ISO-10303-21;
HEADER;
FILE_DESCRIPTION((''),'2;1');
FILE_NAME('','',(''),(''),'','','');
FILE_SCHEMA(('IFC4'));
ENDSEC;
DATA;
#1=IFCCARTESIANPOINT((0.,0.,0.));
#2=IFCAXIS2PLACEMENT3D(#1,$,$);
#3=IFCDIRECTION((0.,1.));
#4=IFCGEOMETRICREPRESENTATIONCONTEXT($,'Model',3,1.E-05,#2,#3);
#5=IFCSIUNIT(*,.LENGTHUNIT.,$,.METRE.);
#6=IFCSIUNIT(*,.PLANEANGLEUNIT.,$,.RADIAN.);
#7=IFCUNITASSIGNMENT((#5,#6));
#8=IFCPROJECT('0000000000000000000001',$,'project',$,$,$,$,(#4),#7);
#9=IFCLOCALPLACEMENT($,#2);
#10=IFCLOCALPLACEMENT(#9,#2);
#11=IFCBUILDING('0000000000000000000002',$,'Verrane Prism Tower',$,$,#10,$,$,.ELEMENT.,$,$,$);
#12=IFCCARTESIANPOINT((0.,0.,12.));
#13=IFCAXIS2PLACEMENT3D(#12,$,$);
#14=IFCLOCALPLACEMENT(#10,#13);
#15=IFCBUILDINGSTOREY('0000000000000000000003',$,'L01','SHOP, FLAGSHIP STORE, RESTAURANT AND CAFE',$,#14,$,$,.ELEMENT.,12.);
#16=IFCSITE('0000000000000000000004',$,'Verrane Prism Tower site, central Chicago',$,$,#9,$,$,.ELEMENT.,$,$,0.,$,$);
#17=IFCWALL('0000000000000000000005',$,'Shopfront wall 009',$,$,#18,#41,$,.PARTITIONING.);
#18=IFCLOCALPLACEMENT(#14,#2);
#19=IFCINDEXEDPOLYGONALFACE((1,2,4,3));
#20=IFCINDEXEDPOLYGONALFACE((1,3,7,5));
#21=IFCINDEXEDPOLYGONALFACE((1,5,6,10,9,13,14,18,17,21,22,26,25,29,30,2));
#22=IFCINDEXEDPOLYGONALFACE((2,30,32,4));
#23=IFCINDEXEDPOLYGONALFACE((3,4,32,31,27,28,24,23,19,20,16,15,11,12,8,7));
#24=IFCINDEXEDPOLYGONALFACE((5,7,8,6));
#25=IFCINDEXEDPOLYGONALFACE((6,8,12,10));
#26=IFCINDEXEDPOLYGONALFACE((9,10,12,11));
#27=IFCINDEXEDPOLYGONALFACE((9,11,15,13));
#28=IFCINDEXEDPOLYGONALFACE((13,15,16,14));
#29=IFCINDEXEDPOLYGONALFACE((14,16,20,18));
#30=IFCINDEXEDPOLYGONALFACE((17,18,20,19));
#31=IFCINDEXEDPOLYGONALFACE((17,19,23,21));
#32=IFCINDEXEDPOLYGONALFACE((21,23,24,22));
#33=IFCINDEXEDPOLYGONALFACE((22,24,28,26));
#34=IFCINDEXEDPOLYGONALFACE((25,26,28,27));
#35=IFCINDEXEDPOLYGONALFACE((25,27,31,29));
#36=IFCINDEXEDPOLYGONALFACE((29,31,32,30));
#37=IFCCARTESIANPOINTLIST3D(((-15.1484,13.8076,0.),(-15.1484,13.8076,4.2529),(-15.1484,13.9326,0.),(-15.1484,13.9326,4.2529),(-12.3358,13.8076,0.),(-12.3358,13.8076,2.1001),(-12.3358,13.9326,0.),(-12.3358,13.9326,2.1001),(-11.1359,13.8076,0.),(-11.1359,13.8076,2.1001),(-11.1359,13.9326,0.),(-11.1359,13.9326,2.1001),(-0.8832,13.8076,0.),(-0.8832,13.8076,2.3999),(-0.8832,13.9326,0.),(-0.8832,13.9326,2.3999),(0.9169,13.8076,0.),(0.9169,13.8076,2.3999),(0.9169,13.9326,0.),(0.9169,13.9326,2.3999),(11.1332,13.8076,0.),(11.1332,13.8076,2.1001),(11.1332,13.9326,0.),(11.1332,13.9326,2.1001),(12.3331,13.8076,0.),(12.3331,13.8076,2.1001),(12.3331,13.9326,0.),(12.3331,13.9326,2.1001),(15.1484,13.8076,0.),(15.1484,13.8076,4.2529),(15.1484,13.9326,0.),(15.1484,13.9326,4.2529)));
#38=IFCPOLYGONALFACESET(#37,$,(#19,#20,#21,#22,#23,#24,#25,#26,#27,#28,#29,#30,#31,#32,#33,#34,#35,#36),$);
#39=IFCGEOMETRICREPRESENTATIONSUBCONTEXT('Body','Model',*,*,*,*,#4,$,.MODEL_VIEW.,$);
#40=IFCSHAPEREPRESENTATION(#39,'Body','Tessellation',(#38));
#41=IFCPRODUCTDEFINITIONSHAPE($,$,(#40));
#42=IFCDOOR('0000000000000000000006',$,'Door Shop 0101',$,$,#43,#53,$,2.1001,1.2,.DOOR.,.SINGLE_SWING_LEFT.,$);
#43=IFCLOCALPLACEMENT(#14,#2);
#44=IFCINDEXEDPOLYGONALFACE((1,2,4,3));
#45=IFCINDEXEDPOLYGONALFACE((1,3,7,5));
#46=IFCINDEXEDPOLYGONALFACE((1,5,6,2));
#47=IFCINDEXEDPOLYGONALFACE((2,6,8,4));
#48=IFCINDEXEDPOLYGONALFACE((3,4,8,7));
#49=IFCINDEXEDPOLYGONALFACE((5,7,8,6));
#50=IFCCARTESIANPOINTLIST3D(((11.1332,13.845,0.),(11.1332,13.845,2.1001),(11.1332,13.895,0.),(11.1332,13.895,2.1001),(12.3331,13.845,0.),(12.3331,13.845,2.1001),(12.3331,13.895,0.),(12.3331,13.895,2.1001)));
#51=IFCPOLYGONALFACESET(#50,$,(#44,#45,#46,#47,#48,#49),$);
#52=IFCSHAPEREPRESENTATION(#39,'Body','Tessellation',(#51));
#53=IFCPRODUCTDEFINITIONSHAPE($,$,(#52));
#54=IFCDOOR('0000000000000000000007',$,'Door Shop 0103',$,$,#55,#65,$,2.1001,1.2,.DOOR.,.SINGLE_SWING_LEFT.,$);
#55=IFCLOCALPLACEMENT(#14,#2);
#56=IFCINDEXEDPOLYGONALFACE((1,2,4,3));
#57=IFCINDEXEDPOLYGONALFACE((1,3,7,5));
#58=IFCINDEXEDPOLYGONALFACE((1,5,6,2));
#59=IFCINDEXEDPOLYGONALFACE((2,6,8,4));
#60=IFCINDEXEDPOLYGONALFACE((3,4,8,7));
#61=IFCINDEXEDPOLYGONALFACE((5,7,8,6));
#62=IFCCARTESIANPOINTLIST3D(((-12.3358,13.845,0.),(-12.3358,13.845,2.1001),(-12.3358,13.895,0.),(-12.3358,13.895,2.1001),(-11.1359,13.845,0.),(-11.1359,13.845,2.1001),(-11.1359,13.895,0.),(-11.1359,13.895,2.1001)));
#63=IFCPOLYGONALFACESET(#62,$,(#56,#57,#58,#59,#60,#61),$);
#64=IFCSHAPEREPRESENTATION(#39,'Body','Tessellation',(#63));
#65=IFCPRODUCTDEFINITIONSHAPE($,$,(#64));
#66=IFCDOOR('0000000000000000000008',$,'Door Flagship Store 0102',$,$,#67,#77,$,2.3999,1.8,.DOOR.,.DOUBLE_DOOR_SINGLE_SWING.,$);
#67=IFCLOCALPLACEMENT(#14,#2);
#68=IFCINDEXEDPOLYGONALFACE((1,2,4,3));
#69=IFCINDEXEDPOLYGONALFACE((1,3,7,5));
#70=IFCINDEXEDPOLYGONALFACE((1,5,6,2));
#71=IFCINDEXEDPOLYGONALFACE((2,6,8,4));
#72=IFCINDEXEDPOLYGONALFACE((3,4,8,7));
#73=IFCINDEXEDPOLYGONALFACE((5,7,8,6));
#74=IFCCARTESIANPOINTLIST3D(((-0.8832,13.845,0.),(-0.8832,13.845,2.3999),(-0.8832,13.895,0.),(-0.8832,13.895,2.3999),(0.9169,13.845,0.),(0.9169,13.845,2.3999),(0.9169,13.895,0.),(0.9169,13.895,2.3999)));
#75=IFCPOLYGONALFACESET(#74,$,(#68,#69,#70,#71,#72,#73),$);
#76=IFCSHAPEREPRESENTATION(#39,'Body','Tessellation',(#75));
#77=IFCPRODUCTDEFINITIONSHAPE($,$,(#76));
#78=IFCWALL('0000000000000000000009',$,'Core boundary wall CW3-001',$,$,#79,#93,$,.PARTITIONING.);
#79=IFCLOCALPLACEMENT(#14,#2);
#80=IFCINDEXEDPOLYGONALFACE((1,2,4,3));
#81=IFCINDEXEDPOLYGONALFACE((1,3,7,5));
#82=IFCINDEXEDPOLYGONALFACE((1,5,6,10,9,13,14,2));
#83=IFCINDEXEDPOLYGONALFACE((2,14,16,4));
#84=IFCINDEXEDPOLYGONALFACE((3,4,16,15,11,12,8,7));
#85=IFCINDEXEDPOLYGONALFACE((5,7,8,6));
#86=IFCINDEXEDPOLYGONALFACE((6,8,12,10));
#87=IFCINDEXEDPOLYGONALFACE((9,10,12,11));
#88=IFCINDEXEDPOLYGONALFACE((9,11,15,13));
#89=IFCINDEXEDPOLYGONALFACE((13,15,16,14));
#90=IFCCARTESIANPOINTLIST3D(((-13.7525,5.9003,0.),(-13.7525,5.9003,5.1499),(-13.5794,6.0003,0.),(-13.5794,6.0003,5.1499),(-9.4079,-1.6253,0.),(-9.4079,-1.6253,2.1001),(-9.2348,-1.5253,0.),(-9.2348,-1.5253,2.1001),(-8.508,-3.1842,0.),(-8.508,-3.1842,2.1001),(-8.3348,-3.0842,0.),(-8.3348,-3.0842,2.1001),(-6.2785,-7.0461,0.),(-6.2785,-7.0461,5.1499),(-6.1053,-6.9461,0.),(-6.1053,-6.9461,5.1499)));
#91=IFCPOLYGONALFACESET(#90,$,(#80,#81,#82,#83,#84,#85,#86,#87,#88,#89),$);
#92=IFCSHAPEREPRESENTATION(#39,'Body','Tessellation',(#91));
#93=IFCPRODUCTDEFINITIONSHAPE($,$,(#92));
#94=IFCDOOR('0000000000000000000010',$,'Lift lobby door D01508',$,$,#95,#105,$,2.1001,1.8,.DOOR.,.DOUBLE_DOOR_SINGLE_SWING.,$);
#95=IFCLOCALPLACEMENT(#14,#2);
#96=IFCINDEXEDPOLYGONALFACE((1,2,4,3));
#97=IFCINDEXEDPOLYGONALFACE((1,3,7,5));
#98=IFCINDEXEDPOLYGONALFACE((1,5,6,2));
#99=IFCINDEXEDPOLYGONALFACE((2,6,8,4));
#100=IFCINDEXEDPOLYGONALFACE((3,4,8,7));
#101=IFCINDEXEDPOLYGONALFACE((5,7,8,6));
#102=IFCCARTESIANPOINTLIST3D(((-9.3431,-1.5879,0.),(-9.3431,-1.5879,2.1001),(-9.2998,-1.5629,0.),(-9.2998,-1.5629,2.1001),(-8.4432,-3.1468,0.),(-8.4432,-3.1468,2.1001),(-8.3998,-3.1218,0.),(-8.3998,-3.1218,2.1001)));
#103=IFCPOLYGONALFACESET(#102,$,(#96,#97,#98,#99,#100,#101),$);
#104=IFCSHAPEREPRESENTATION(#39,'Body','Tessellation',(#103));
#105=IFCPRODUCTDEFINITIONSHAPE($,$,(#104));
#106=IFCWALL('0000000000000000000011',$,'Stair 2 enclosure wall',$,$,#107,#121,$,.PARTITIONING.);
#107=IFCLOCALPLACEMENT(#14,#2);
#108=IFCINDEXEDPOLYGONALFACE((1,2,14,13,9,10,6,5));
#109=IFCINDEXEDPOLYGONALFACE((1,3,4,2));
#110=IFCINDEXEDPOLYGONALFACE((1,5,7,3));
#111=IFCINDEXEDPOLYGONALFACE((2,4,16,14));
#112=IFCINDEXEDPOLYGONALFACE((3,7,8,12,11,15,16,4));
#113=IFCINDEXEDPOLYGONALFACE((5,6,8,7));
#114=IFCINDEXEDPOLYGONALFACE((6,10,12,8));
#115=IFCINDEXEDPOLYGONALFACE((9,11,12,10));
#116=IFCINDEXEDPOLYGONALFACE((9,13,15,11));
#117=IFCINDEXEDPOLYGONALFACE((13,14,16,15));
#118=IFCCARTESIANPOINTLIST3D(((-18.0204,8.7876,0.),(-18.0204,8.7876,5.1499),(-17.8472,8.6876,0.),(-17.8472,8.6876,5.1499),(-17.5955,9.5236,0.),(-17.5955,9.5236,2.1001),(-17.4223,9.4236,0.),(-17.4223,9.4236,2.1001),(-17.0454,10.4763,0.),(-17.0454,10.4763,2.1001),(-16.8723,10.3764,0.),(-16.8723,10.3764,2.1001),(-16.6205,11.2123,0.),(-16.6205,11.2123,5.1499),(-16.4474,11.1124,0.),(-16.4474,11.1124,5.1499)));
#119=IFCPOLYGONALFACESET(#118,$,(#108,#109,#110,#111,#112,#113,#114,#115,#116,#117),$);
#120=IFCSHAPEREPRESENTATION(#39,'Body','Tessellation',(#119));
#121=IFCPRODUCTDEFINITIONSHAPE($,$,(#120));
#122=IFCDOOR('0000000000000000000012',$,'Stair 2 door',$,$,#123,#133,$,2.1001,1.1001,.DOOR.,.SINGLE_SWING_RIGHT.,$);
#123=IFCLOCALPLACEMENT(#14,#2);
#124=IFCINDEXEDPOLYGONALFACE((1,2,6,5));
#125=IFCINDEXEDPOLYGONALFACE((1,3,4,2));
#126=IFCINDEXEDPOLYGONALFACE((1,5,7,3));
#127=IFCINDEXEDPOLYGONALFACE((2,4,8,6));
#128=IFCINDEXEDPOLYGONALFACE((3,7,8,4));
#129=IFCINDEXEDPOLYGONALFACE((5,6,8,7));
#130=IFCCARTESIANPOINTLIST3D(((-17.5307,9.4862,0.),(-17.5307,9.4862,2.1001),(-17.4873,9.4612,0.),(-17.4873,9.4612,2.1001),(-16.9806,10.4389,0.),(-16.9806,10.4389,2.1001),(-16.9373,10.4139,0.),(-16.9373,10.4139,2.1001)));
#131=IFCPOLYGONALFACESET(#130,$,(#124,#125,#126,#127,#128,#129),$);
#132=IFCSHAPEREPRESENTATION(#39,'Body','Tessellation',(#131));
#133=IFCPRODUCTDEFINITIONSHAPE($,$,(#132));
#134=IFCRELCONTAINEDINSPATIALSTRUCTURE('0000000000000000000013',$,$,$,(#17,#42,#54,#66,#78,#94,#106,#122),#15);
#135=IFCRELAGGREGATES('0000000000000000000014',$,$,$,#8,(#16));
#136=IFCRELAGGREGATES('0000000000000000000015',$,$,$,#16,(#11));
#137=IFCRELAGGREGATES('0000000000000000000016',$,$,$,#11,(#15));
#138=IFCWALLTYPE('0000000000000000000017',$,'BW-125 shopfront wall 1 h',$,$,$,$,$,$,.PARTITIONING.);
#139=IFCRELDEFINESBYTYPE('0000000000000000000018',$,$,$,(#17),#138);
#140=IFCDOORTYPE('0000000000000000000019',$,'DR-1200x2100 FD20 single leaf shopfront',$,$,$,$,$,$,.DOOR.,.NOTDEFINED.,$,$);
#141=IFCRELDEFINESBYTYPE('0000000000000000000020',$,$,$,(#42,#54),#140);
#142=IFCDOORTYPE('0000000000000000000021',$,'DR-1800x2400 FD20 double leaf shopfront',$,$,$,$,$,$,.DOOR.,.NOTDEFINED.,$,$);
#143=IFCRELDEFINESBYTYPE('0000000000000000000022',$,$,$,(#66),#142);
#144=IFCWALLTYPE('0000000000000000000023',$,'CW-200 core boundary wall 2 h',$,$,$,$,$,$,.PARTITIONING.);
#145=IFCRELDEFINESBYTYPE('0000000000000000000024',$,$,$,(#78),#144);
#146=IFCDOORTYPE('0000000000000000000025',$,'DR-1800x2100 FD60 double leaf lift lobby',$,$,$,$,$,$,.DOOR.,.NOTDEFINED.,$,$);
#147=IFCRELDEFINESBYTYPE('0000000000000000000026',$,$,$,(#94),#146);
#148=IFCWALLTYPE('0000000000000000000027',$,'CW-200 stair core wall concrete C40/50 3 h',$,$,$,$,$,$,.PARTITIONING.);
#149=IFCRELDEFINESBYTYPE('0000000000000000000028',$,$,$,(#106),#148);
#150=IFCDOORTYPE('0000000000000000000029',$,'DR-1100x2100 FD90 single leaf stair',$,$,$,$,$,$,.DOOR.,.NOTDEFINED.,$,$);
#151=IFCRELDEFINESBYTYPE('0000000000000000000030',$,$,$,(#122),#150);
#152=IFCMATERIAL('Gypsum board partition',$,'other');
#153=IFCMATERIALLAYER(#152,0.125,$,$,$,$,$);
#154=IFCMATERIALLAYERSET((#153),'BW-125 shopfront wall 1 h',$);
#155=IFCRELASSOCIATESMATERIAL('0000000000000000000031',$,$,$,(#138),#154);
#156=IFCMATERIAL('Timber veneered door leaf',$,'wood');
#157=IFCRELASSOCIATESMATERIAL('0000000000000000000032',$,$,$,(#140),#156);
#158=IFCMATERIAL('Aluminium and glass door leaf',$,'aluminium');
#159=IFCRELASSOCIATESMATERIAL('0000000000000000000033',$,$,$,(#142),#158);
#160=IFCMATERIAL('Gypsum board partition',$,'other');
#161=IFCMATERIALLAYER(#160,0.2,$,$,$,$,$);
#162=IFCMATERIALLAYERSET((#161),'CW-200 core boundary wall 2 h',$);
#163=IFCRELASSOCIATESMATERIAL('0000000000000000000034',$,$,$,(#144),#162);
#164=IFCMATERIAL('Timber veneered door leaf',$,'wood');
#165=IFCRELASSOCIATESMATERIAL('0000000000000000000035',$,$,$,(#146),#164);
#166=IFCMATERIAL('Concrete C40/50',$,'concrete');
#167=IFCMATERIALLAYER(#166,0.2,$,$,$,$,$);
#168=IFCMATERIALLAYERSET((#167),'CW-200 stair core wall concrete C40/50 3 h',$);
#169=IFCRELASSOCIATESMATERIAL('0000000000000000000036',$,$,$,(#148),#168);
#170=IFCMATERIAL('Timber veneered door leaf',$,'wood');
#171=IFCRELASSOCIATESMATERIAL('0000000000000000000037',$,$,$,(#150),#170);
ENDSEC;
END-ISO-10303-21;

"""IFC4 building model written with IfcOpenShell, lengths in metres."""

from ifc_helpers import new_model, si_unit, direction, frame, frame_2d, origin, place, context, subcontext, project, spatial, rectangle, extrude, material, layer, layer_set, type_object, element, fill, save


model = new_model("IFC4")

# Units and contexts
model_context = context("Model", 3, precision=1e-05, world=origin(), true_north=direction((0.0, 1.0)))
body_context = subcontext(model_context, "Body", "Model", "MODEL_VIEW")
ifc_project = project(units=[si_unit("LENGTHUNIT", "METRE"), si_unit("PLANEANGLEUNIT", "RADIAN")], contexts=[model_context])

# Site, building, storey
site_placement = place(None, origin())
site = spatial("IfcSite", under=ifc_project, at=site_placement, Name="Verrane Prism Tower site, central Chicago", CompositionType="ELEMENT", RefElevation=0.0)
building_placement = place(site_placement, origin())
building = spatial("IfcBuilding", under=site, at=building_placement, Name="Verrane Prism Tower", CompositionType="ELEMENT")
storey_placement = place(building_placement, frame((0.0, 0.0, 12.0)))
storey = spatial("IfcBuildingStorey", under=building, at=storey_placement, Name="L01", Description="SHOP, FLAGSHIP STORE, RESTAURANT AND CAFE", CompositionType="ELEMENT", Elevation=12.0)

# Shared definitions
ifc_material_1 = material(Name="Gypsum board partition", Category="other")
ifc_layer_1 = layer(ifc_material_1, 0.125)
ifc_layer_set_1 = layer_set([ifc_layer_1], Name="BW-125 shopfront wall 1 h")
wall_type_1 = type_object("IfcWallType", Name="BW-125 shopfront wall 1 h", PredefinedType="PARTITIONING", material=ifc_layer_set_1)

# Wall, openings, doors
wall_1_placement = place(storey_placement, frame((-15.1484, 13.8701, 0.0), z_axis=(0.0, 0.0, 1.0), x_axis=(1.0, 0.0, 0.0)))
wall_1 = element("IfcWall", 1, at=wall_1_placement, inside=storey, type_object=wall_type_1, Name="Shopfront wall 009", PredefinedType="PARTITIONING", context=body_context, shape_type="SweptSolid", body=[
    extrude(rectangle(XDim=30.2969, YDim=0.125, at=frame_2d((15.1484, 0.0))), origin(), (0.0, 0.0, 1.0), 4.2529),
])
opening_1_placement = place(wall_1_placement, frame((26.2815, 0.0, 0.0)))
opening_1 = element("IfcOpeningElement", 2, at=opening_1_placement, cuts=wall_1, PredefinedType="OPENING", context=body_context, shape_type="SweptSolid", body=[
    extrude(rectangle(XDim=1.2, YDim=2.1001, at=frame_2d((0.6001, 1.05))), frame((0.0, 0.0725, 0.0), z_axis=(0.0, -1.0, 0.0), x_axis=(1.0, 0.0, 0.0)), (0.0, 0.0, 1.0), 0.145),
])
opening_2_placement = place(wall_1_placement, frame((14.2654, 0.0, 0.0)))
opening_2 = element("IfcOpeningElement", 3, at=opening_2_placement, cuts=wall_1, PredefinedType="OPENING", context=body_context, shape_type="SweptSolid", body=[
    extrude(rectangle(XDim=1.8, YDim=2.3999, at=frame_2d((0.8999, 1.2))), frame((0.0, 0.0725, 0.0), z_axis=(0.0, -1.0, 0.0), x_axis=(1.0, 0.0, 0.0)), (0.0, 0.0, 1.0), 0.145),
])
opening_3_placement = place(wall_1_placement, frame((2.8125, 0.0, 0.0)))
opening_3 = element("IfcOpeningElement", 4, at=opening_3_placement, cuts=wall_1, PredefinedType="OPENING", context=body_context, shape_type="SweptSolid", body=[
    extrude(rectangle(XDim=1.2, YDim=2.1001, at=frame_2d((0.6001, 1.05))), frame((0.0, 0.0725, 0.0), z_axis=(0.0, -1.0, 0.0), x_axis=(1.0, 0.0, 0.0)), (0.0, 0.0, 1.0), 0.145),
])
ifc_material_2 = material(Name="Timber veneered door leaf", Category="wood")
door_type_1 = type_object("IfcDoorType", Name="DR-1200x2100 FD20 single leaf shopfront", OperationType="NOTDEFINED", PredefinedType="DOOR", material=ifc_material_2)
door_1_placement = place(opening_1_placement, origin())
door_1 = element("IfcDoor", 5, at=door_1_placement, inside=storey, type_object=door_type_1, Name="Door Shop 0101", OperationType="SINGLE_SWING_LEFT", OverallHeight=2.1001, OverallWidth=1.2, PredefinedType="DOOR", context=body_context, shape_type="SweptSolid", body=[
    extrude(rectangle(XDim=1.2, YDim=2.1001, at=frame_2d((0.6001, 1.05))), frame((0.0, 0.0249, 0.0), z_axis=(0.0, -1.0, 0.0), x_axis=(1.0, 0.0, 0.0)), (0.0, 0.0, 1.0), 0.05),
])
fill(opening_1, door_1)
door_2_placement = place(opening_3_placement, origin())
door_2 = element("IfcDoor", 6, at=door_2_placement, inside=storey, type_object=door_type_1, Name="Door Shop 0103", OperationType="SINGLE_SWING_LEFT", OverallHeight=2.1001, OverallWidth=1.2, PredefinedType="DOOR", context=body_context, shape_type="SweptSolid", body=[
    extrude(rectangle(XDim=1.2, YDim=2.1001, at=frame_2d((0.6001, 1.05))), frame((0.0, 0.0249, 0.0), z_axis=(0.0, -1.0, 0.0), x_axis=(1.0, 0.0, 0.0)), (0.0, 0.0, 1.0), 0.05),
])
fill(opening_3, door_2)
ifc_material_3 = material(Name="Aluminium and glass door leaf", Category="aluminium")
door_type_2 = type_object("IfcDoorType", Name="DR-1800x2400 FD20 double leaf shopfront", OperationType="NOTDEFINED", PredefinedType="DOOR", material=ifc_material_3)
door_3_placement = place(opening_2_placement, origin())
door_3 = element("IfcDoor", 7, at=door_3_placement, inside=storey, type_object=door_type_2, Name="Door Flagship Store 0102", OperationType="DOUBLE_DOOR_SINGLE_SWING", OverallHeight=2.3999, OverallWidth=1.8, PredefinedType="DOOR", context=body_context, shape_type="SweptSolid", body=[
    extrude(rectangle(XDim=1.8, YDim=2.3999, at=frame_2d((0.8999, 1.2))), frame((0.0, 0.0249, 0.0), z_axis=(0.0, -1.0, 0.0), x_axis=(1.0, 0.0, 0.0)), (0.0, 0.0, 1.0), 0.05),
])
fill(opening_2, door_3)

# Walls, openings, doors
ifc_material_4 = material(Name="Gypsum board partition", Category="other")
ifc_layer_2 = layer(ifc_material_4, 0.2)
ifc_layer_set_2 = layer_set([ifc_layer_2], Name="CW-200 core boundary wall 2 h")
wall_type_2 = type_object("IfcWallType", Name="CW-200 core boundary wall 2 h", PredefinedType="PARTITIONING", material=ifc_layer_set_2)
wall_2_placement = place(storey_placement, frame((-13.666, 5.9504, 0.0), z_axis=(0.0, 0.0, 1.0), x_axis=(0.499972, -0.866042, 0.0)))
wall_2 = element("IfcWall", 8, at=wall_2_placement, inside=storey, type_object=wall_type_2, Name="Core boundary wall CW3-001", PredefinedType="PARTITIONING", context=body_context, shape_type="SweptSolid", body=[
    extrude(rectangle(XDim=14.949, YDim=0.2, at=frame_2d((7.4746, 0.0))), origin(), (0.0, 0.0, 1.0), 5.1499),
])
opening_4_placement = place(wall_2_placement, frame((8.6899, 0.0, 0.0)))
opening_4 = element("IfcOpeningElement", 9, at=opening_4_placement, cuts=wall_2, PredefinedType="OPENING", context=body_context, shape_type="SweptSolid", body=[
    extrude(rectangle(XDim=1.8, YDim=2.1001, at=frame_2d((0.8999, 1.05))), frame((0.0, 0.1099, 0.0), z_axis=(0.0, -1.0, 0.0), x_axis=(1.0, 0.0, 0.0)), (0.0, 0.0, 1.0), 0.22),
])
ifc_material_5 = material(Name="Timber veneered door leaf", Category="wood")
door_type_3 = type_object("IfcDoorType", Name="DR-1800x2100 FD60 double leaf lift lobby", OperationType="NOTDEFINED", PredefinedType="DOOR", material=ifc_material_5)
door_4_placement = place(opening_4_placement, origin())
door_4 = element("IfcDoor", 10, at=door_4_placement, inside=storey, type_object=door_type_3, Name="Lift lobby door D01508", OperationType="DOUBLE_DOOR_SINGLE_SWING", OverallHeight=2.1001, OverallWidth=1.8, PredefinedType="DOOR", context=body_context, shape_type="SweptSolid", body=[
    extrude(rectangle(XDim=1.8, YDim=2.1001, at=frame_2d((0.8999, 1.05))), frame((0.0, 0.0249, 0.0), z_axis=(0.0, -1.0, 0.0), x_axis=(1.0, 0.0, 0.0)), (0.0, 0.0, 1.0), 0.05),
])
fill(opening_4, door_4)
ifc_material_6 = material(Name="Concrete C40/50", Category="concrete")
ifc_layer_3 = layer(ifc_material_6, 0.2)
ifc_layer_set_3 = layer_set([ifc_layer_3], Name="CW-200 stair core wall concrete C40/50 3 h")
wall_type_3 = type_object("IfcWallType", Name="CW-200 stair core wall concrete C40/50 3 h", PredefinedType="PARTITIONING", material=ifc_layer_set_3)
wall_3_placement = place(storey_placement, frame((-16.5339, 11.1624, 0.0), z_axis=(0.0, 0.0, 1.0), x_axis=(-0.499984, -0.866035, 0.0)))
wall_3 = element("IfcWall", 11, at=wall_3_placement, inside=storey, type_object=wall_type_3, Name="Stair 2 enclosure wall", PredefinedType="PARTITIONING", context=body_context, shape_type="SweptSolid", body=[
    extrude(rectangle(XDim=2.7998, YDim=0.2, at=frame_2d((1.3999, 0.0))), origin(), (0.0, 0.0, 1.0), 5.1499),
])
opening_5_placement = place(wall_3_placement, frame((0.8499, 0.0, 0.0)))
opening_5 = element("IfcOpeningElement", 12, at=opening_5_placement, cuts=wall_3, PredefinedType="OPENING", context=body_context, shape_type="SweptSolid", body=[
    extrude(rectangle(XDim=1.1001, YDim=2.1001, at=frame_2d((0.55, 1.05))), frame((0.0, 0.1099, 0.0), z_axis=(0.0, -1.0, 0.0), x_axis=(1.0, 0.0, 0.0)), (0.0, 0.0, 1.0), 0.22),
])
ifc_material_7 = material(Name="Timber veneered door leaf", Category="wood")
door_type_4 = type_object("IfcDoorType", Name="DR-1100x2100 FD90 single leaf stair", OperationType="NOTDEFINED", PredefinedType="DOOR", material=ifc_material_7)
door_5_placement = place(opening_5_placement, origin())
door_5 = element("IfcDoor", 13, at=door_5_placement, inside=storey, type_object=door_type_4, Name="Stair 2 door", OperationType="SINGLE_SWING_RIGHT", OverallHeight=2.1001, OverallWidth=1.1001, PredefinedType="DOOR", context=body_context, shape_type="SweptSolid", body=[
    extrude(rectangle(XDim=1.1001, YDim=2.1001, at=frame_2d((0.55, 1.05))), frame((0.0, 0.0249, 0.0), z_axis=(0.0, -1.0, 0.0), x_axis=(1.0, 0.0, 0.0)), (0.0, 0.0, 1.0), 0.05),
])
fill(opening_5, door_5)

save(model, "model.ifc")
